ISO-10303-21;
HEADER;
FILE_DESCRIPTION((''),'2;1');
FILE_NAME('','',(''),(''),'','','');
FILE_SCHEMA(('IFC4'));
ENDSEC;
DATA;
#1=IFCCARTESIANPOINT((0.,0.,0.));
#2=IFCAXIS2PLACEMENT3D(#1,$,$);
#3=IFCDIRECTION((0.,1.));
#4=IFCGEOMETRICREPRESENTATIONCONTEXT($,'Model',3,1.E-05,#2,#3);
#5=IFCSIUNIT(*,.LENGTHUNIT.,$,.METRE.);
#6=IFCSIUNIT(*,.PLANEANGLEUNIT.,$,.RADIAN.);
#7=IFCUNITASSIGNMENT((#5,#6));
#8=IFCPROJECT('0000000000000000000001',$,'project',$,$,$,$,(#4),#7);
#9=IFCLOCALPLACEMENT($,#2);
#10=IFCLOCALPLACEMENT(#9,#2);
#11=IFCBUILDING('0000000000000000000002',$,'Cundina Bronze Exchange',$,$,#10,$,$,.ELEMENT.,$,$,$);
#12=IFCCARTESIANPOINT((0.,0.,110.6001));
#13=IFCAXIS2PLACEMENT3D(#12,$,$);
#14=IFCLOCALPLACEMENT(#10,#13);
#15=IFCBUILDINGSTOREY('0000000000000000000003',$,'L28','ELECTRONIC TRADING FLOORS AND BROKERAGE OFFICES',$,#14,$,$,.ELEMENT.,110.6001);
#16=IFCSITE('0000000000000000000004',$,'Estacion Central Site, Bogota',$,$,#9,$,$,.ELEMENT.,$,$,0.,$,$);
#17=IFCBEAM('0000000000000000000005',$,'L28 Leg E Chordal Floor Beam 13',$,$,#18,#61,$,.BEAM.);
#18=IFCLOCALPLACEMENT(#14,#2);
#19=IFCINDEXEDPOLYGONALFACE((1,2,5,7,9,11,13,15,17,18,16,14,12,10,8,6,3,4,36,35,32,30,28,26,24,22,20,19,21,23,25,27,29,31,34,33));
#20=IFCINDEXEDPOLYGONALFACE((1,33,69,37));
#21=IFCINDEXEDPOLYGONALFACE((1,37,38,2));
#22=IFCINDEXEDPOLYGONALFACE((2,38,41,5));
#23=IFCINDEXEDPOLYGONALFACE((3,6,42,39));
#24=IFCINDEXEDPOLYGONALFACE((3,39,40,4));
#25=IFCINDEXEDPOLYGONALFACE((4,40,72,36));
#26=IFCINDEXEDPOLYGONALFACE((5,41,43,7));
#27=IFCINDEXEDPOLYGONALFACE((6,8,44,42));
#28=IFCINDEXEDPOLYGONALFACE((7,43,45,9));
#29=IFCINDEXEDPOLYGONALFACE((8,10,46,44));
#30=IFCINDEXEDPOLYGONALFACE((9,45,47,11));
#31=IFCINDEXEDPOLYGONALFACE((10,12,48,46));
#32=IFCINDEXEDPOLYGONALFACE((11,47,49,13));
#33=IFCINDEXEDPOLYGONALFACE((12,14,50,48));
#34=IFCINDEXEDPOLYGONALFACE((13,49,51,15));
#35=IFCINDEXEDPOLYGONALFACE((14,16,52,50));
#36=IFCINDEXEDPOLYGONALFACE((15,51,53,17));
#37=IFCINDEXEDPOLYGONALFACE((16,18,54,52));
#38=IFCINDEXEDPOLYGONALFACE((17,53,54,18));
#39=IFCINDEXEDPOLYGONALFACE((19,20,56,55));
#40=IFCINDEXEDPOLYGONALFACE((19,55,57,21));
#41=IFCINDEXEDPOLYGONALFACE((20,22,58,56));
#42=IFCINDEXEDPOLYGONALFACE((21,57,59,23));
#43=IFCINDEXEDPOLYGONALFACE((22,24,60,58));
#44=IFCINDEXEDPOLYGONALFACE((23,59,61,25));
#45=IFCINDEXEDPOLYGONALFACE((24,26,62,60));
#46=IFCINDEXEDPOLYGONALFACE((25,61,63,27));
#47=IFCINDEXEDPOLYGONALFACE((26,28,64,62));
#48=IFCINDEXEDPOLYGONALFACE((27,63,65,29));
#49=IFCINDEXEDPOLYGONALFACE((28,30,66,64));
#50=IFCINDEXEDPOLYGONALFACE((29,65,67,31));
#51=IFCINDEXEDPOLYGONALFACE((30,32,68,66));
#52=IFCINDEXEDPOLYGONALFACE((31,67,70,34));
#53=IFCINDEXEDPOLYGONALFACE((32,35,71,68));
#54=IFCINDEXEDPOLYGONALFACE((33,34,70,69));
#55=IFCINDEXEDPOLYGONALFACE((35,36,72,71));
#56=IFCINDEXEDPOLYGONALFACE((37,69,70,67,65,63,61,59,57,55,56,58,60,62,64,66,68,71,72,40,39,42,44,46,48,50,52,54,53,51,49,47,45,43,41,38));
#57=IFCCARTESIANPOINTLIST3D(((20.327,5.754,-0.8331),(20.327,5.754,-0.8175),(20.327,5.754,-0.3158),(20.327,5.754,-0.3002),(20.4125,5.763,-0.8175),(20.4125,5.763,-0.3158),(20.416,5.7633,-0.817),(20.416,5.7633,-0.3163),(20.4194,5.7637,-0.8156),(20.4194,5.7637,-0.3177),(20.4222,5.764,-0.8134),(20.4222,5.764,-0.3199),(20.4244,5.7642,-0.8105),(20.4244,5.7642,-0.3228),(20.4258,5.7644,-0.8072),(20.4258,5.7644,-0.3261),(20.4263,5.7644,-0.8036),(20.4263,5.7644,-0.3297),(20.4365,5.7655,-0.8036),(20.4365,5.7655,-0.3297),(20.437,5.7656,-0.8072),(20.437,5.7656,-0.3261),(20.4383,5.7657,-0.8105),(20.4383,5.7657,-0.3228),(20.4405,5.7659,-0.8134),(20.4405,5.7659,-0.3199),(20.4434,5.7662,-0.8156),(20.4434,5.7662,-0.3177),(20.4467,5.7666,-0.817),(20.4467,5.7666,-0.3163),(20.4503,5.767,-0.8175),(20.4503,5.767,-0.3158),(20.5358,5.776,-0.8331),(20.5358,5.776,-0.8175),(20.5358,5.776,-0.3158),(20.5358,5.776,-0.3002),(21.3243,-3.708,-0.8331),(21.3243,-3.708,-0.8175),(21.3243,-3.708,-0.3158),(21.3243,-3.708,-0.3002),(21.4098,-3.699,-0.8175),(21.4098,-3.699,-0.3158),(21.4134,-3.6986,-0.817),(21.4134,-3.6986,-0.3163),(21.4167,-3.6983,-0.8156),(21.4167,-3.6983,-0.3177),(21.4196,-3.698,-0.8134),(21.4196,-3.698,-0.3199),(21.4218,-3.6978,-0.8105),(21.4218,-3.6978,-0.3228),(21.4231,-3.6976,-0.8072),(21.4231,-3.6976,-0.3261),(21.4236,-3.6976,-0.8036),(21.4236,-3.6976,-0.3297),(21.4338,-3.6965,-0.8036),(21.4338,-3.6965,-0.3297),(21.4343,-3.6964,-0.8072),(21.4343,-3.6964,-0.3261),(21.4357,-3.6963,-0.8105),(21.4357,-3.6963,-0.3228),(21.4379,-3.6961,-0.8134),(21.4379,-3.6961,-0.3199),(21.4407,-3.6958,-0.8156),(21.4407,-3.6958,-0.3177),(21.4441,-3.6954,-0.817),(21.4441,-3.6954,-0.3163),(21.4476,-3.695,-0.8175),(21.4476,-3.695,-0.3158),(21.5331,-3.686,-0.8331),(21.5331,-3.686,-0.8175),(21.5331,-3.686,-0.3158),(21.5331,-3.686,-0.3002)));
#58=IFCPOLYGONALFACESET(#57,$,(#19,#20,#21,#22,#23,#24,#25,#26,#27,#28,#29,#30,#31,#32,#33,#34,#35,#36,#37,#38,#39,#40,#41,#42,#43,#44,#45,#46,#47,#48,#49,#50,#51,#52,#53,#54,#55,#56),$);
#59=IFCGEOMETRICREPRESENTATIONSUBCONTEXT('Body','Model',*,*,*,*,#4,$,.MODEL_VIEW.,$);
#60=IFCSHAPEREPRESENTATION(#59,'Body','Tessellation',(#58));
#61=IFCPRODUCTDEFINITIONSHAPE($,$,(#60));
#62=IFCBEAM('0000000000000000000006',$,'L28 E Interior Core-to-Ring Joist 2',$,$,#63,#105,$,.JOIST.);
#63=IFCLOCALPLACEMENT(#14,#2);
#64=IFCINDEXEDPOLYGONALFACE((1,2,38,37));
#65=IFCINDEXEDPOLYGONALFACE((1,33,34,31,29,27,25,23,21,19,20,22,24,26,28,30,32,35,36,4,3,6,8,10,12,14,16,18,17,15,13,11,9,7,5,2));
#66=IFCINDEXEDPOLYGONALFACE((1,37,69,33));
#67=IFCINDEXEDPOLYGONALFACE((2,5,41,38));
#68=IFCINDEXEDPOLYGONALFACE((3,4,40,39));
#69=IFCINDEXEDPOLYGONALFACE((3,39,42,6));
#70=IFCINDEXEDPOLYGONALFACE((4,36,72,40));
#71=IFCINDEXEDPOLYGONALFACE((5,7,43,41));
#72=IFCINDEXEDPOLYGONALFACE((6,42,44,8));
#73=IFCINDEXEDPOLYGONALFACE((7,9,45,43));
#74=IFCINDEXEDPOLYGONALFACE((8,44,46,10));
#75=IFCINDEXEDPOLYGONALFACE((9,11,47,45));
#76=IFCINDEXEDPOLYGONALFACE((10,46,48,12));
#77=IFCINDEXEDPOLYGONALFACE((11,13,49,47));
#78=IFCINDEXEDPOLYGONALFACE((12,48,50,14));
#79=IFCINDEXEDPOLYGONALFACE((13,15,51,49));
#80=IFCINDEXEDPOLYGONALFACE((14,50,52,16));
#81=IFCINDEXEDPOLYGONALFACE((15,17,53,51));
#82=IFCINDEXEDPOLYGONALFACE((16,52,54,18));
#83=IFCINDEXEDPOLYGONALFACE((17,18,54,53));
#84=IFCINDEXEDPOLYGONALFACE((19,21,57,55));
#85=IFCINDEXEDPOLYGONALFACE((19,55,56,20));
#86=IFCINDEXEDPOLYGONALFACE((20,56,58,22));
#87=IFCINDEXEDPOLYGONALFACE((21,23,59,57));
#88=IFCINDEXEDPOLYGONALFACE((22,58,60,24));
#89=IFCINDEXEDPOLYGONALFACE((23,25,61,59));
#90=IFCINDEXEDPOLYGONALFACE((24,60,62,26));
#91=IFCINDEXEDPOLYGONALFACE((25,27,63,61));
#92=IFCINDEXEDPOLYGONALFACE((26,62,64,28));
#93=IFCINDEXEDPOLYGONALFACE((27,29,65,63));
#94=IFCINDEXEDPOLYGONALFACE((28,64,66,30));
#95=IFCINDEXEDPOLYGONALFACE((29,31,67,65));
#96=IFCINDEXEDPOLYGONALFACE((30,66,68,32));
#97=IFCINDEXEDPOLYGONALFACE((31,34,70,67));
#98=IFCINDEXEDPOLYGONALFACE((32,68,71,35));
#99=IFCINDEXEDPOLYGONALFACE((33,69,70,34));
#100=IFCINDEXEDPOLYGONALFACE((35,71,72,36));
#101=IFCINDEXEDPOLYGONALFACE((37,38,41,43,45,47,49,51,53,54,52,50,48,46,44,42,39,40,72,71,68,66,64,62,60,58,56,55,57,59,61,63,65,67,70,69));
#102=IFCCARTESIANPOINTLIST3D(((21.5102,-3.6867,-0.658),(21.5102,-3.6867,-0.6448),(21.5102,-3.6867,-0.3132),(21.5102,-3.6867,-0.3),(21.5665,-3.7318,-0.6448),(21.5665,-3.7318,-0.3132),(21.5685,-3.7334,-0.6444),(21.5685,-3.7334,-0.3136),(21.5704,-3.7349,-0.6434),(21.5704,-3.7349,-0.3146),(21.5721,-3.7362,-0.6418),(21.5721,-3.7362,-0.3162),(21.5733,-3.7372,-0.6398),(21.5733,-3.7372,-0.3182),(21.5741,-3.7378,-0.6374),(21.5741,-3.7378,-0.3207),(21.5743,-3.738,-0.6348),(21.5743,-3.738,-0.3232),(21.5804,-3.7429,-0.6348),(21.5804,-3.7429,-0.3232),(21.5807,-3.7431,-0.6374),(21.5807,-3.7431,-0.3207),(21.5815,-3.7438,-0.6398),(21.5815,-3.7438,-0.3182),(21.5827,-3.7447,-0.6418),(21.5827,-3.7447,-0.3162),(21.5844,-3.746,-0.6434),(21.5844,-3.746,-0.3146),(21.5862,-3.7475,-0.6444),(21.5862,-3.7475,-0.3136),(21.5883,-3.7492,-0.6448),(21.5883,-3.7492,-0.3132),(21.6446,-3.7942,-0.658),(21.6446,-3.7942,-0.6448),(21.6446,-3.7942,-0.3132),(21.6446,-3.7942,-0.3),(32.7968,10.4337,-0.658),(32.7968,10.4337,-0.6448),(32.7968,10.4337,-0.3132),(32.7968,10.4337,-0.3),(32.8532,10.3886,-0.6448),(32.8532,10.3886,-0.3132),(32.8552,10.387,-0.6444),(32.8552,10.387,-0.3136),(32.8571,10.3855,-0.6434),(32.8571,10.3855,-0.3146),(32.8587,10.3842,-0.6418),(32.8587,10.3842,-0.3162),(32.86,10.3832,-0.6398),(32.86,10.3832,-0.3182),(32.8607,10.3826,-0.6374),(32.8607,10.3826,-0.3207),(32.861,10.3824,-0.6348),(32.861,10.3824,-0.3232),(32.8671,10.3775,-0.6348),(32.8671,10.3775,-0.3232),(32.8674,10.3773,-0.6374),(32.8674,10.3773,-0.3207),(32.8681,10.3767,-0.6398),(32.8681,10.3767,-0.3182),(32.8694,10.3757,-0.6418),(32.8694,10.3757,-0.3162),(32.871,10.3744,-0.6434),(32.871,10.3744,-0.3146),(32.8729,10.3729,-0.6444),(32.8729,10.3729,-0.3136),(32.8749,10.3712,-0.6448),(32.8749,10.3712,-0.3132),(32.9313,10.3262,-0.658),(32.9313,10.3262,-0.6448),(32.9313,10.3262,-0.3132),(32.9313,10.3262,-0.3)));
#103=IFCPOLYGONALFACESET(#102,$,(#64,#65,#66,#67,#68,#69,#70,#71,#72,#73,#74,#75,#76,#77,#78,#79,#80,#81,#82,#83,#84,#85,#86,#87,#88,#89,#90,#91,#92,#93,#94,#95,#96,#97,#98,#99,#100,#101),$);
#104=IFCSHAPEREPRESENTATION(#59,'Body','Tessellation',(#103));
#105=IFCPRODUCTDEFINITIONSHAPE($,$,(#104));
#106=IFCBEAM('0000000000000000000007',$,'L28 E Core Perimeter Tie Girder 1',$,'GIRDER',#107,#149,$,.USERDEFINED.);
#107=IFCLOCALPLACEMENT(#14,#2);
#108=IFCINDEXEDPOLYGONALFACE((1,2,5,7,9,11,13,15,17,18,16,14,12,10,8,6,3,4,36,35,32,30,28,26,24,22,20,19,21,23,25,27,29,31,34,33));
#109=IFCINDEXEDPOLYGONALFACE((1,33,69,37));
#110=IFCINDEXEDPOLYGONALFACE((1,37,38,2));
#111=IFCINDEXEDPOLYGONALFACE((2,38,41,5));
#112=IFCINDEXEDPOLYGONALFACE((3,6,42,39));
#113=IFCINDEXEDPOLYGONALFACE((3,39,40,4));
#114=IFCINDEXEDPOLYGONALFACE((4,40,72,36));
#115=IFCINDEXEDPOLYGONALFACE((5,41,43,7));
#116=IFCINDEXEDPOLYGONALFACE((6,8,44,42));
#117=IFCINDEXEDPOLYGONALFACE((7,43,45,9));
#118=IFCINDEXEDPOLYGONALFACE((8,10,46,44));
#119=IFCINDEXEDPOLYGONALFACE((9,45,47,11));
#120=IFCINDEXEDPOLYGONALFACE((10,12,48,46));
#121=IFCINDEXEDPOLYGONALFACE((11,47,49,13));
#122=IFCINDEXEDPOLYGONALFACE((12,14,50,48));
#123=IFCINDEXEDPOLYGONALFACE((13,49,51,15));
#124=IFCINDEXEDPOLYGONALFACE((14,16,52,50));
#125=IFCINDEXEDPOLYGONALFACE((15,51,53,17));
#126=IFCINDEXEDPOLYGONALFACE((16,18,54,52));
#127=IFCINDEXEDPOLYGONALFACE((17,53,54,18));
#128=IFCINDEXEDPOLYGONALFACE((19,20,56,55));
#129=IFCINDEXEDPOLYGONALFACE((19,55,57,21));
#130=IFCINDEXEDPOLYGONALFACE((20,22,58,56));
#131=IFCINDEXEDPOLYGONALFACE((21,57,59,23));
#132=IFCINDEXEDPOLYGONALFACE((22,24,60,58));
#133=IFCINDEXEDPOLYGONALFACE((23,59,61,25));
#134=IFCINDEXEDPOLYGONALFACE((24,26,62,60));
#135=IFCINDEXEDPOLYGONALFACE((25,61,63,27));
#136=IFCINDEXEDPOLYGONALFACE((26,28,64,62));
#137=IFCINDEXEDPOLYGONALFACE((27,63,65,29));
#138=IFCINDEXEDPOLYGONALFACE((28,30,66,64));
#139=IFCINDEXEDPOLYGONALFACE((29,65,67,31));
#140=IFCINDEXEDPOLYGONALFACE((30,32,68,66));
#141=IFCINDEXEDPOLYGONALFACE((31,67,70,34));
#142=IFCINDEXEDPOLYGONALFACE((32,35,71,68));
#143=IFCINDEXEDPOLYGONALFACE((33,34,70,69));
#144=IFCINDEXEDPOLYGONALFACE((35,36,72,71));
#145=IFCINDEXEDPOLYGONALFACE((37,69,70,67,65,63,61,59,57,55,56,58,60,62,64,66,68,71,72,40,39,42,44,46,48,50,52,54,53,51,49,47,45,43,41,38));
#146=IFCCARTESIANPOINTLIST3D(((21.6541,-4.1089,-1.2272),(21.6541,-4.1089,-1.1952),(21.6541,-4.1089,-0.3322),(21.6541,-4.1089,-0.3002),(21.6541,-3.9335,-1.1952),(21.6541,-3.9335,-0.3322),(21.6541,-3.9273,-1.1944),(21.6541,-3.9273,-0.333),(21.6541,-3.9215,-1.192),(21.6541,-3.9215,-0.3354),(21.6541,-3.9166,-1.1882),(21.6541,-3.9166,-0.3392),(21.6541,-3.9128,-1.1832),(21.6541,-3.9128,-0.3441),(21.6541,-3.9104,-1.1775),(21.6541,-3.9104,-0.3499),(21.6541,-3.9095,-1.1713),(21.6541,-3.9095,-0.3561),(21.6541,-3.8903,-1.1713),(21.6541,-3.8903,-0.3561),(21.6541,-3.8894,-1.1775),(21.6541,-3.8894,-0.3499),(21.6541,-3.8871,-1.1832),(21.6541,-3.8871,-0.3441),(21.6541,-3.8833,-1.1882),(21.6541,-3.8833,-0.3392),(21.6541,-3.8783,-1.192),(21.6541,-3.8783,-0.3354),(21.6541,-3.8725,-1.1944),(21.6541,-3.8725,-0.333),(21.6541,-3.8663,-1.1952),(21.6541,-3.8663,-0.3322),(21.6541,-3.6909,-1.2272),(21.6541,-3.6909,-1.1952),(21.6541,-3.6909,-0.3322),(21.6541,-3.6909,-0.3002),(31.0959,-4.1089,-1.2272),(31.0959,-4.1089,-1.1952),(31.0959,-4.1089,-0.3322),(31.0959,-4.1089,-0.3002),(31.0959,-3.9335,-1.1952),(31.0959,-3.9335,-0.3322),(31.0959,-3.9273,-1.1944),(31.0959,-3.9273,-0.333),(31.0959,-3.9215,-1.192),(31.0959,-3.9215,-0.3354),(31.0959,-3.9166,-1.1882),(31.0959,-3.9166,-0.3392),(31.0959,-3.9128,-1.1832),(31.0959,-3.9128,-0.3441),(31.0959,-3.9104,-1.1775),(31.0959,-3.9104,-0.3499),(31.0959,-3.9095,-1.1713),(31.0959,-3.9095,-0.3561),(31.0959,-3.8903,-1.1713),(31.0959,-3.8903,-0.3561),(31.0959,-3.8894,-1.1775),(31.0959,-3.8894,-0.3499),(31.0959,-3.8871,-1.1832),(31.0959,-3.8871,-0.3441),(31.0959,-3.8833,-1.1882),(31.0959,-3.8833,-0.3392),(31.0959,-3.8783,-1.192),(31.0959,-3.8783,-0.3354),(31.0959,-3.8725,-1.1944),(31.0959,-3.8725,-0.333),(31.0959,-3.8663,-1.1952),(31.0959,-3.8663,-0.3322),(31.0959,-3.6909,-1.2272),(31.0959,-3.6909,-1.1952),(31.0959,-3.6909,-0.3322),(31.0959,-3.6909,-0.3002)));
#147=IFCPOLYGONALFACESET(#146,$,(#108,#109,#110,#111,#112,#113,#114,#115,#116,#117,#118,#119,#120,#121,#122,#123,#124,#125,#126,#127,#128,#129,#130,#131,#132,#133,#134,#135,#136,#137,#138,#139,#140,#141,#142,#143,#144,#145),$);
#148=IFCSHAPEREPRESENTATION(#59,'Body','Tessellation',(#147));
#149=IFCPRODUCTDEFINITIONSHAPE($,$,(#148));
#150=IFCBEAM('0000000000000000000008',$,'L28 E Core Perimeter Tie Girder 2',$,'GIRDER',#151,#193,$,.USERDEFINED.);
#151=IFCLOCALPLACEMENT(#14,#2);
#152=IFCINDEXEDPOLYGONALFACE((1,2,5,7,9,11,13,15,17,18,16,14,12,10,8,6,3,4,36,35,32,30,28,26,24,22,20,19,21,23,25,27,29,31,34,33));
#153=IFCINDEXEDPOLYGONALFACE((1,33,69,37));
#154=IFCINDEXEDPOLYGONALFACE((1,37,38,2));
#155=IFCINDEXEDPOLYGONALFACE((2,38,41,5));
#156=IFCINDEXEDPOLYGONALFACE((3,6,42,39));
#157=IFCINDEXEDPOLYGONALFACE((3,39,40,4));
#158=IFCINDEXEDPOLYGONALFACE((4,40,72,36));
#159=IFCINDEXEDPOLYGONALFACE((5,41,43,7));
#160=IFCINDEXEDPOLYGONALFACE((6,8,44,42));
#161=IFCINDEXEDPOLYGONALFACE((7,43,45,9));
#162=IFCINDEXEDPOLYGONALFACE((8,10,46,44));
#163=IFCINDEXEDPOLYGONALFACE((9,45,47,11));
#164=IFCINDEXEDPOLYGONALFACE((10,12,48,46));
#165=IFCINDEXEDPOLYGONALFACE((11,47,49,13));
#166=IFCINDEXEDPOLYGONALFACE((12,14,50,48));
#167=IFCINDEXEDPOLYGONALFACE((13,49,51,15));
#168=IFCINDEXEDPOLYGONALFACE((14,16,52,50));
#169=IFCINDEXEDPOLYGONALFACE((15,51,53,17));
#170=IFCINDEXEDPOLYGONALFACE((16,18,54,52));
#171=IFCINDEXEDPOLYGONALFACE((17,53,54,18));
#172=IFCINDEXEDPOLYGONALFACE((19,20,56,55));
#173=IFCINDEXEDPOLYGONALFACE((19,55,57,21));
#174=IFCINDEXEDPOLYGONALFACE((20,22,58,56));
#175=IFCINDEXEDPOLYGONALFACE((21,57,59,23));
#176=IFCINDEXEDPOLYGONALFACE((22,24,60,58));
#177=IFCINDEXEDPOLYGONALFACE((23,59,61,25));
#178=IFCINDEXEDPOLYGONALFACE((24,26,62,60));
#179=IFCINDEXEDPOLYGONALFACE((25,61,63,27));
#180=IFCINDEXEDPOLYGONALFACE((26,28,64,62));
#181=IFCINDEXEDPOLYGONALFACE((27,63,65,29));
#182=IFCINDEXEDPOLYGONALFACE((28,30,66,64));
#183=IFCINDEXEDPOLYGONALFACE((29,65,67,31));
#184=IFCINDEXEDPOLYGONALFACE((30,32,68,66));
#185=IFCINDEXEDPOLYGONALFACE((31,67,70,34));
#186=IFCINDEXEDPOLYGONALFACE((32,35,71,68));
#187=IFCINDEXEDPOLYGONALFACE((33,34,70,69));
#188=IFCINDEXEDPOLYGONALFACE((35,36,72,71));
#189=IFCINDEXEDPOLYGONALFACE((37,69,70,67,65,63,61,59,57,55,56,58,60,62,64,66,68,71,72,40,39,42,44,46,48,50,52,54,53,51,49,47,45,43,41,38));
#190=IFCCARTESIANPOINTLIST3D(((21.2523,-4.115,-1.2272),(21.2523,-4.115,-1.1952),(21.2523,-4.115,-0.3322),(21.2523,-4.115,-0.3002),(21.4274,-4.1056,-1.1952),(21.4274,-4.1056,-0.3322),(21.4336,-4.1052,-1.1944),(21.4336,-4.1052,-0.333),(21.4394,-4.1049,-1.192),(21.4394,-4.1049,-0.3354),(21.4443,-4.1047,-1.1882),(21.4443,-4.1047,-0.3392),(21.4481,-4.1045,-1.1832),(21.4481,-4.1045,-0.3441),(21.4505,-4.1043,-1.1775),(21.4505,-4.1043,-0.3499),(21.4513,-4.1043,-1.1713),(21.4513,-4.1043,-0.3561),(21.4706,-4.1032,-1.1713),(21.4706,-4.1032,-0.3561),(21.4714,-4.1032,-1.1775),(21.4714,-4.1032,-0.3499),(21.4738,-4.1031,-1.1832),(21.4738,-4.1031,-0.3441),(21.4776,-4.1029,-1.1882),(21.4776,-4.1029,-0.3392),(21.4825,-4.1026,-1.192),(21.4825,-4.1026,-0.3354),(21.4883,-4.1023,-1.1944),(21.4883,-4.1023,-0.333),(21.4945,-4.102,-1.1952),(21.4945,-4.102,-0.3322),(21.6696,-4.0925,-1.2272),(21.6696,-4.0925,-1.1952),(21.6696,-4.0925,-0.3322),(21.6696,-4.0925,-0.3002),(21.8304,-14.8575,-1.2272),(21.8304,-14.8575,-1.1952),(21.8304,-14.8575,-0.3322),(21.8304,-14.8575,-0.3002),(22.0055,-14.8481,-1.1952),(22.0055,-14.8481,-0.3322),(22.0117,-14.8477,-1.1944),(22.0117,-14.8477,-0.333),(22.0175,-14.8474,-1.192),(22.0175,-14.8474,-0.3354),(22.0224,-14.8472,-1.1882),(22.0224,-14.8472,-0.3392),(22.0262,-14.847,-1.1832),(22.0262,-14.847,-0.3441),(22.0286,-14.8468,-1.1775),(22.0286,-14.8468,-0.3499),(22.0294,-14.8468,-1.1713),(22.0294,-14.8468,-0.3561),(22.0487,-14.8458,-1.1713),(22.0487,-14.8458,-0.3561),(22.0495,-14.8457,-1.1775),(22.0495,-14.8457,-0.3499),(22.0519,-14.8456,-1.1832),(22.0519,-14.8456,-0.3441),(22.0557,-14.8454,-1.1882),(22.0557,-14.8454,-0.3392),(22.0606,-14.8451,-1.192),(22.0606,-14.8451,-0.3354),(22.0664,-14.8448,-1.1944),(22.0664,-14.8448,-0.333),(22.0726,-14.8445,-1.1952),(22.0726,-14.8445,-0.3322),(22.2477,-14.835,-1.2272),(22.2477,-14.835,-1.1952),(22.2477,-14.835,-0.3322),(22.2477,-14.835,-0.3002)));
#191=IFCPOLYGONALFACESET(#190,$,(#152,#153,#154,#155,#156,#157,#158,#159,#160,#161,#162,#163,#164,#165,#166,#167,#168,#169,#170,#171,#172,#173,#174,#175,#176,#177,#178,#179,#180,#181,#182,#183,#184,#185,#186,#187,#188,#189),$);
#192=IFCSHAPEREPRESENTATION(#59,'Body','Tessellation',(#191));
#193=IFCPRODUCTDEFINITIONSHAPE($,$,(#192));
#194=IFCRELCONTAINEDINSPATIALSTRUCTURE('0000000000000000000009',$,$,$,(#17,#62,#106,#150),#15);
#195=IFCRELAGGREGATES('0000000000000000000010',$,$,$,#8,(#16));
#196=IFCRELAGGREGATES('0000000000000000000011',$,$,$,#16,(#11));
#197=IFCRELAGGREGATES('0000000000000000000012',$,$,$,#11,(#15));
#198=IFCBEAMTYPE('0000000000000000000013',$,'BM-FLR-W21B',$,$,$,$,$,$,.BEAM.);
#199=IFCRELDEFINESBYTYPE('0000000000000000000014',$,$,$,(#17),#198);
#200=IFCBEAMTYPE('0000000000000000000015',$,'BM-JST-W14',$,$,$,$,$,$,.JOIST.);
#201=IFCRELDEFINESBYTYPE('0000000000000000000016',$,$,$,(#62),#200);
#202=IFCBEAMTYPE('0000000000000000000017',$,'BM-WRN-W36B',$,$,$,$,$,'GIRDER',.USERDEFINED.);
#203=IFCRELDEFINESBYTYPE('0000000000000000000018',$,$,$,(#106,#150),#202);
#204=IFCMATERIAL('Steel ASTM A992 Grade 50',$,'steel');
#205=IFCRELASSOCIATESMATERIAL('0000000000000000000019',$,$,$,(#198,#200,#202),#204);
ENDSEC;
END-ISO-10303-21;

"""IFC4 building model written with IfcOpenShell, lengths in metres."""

from ifc_helpers import new_model, si_unit, direction, frame, origin, origin_2d, place, context, subcontext, project, spatial, i_section, extrude, material, material_profile, profile_set, type_object, element, save


model = new_model("IFC4")

# Units and contexts
model_context = context("Model", 3, precision=1e-05, world=origin(), true_north=direction((0.0, 1.0)))
body_context = subcontext(model_context, "Body", "Model", "MODEL_VIEW")
ifc_project = project(units=[si_unit("LENGTHUNIT", "METRE"), si_unit("PLANEANGLEUNIT", "RADIAN")], contexts=[model_context])

# Site, building, storey
site_placement = place(None, origin())
site = spatial("IfcSite", under=ifc_project, at=site_placement, Name="Estacion Central Site, Bogota", CompositionType="ELEMENT", RefElevation=0.0)
building_placement = place(site_placement, origin())
building = spatial("IfcBuilding", under=site, at=building_placement, Name="Cundina Bronze Exchange", CompositionType="ELEMENT")
storey_placement = place(building_placement, frame((0.0, 0.0, 110.6001)))
storey = spatial("IfcBuildingStorey", under=building, at=storey_placement, Name="L28", Description="ELECTRONIC TRADING FLOORS AND BROKERAGE OFFICES", CompositionType="ELEMENT", Elevation=110.6001)

# Shared definitions
ifc_material_1 = material(Name="Steel ASTM A992 Grade 50", Category="steel")

# Beams
ifc_material_profile_1 = material_profile(ifc_material_1, i_section(OverallWidth=0.21, OverallDepth=0.533, WebThickness=0.0103, FlangeThickness=0.0156, FilletRadius=0.0139, at=origin_2d()), Name="W21X62", Category="steel")
ifc_profile_set_1 = profile_set([ifc_material_profile_1], Name="Steel ASTM A992 Grade 50")
beam_type_1 = type_object("IfcBeamType", Name="BM-FLR-W21B", PredefinedType="BEAM", material=ifc_profile_set_1)
beam_1_placement = place(storey_placement, frame((21.4287, -3.697, -0.5667), z_axis=(-0.104822, 0.994491, 0.0), x_axis=(-0.994491, -0.104822, 0.0)))
element("IfcBeam", 1, at=beam_1_placement, inside=storey, type_object=beam_type_1, Name="L28 Leg E Chordal Floor Beam 13", PredefinedType="BEAM", context=body_context, shape_type="SweptSolid", body=[
    extrude(i_section(OverallWidth=0.21, OverallDepth=0.533, WebThickness=0.0103, FlangeThickness=0.0156, FilletRadius=0.0139, at=origin_2d()), origin(), (0.0, 0.0, 1.0), 9.5144),
])
ifc_material_profile_2 = material_profile(ifc_material_1, i_section(OverallWidth=0.1721, OverallDepth=0.3579, WebThickness=0.0078, FlangeThickness=0.0132, FilletRadius=0.01, at=origin_2d()), Name="W14X38", Category="steel")
ifc_profile_set_2 = profile_set([ifc_material_profile_2], Name="Steel ASTM A992 Grade 50")
beam_type_2 = type_object("IfcBeamType", Name="BM-JST-W14", PredefinedType="JOIST", material=ifc_profile_set_2)
beam_2_placement = place(storey_placement, frame((21.5774, -3.7405, -0.479), z_axis=(0.624369, 0.78113, 0.0), x_axis=(-0.78113, 0.624369, 0.0)))
element("IfcBeam", 2, at=beam_2_placement, inside=storey, type_object=beam_type_2, Name="L28 E Interior Core-to-Ring Joist 2", PredefinedType="JOIST", context=body_context, shape_type="SweptSolid", body=[
    extrude(i_section(OverallWidth=0.1721, OverallDepth=0.3579, WebThickness=0.0078, FlangeThickness=0.0132, FilletRadius=0.01, at=origin_2d()), origin(), (0.0, 0.0, 1.0), 18.0769),
])
ifc_material_profile_3 = material_profile(ifc_material_1, i_section(OverallWidth=0.418, OverallDepth=0.927, WebThickness=0.0193, FlangeThickness=0.032, FilletRadius=0.0239, at=origin_2d()), Name="W36X231", Category="steel")
ifc_profile_set_3 = profile_set([ifc_material_profile_3], Name="Steel ASTM A992 Grade 50")
beam_type_3 = type_object("IfcBeamType", Name="BM-WRN-W36B", ElementType="GIRDER", PredefinedType="USERDEFINED", material=ifc_profile_set_3)
beam_3_placement = place(storey_placement, frame((31.0959, -3.8999, -0.7637), z_axis=(-1.0, 0.0, 0.0), x_axis=(0.0, -1.0, 0.0)))
element("IfcBeam", 3, at=beam_3_placement, inside=storey, type_object=beam_type_3, Name="L28 E Core Perimeter Tie Girder 1", ObjectType="GIRDER", PredefinedType="USERDEFINED", context=body_context, shape_type="SweptSolid", body=[
    extrude(i_section(OverallWidth=0.418, OverallDepth=0.927, WebThickness=0.0193, FlangeThickness=0.032, FilletRadius=0.0239, at=origin_2d()), origin(), (0.0, 0.0, 1.0), 9.4419),
])
beam_4_placement = place(storey_placement, frame((21.4609, -4.1038, -0.7637), z_axis=(0.053739, -0.998555, 0.0), x_axis=(0.998555, 0.053739, 0.0)))
element("IfcBeam", 4, at=beam_4_placement, inside=storey, type_object=beam_type_3, Name="L28 E Core Perimeter Tie Girder 2", ObjectType="GIRDER", PredefinedType="USERDEFINED", context=body_context, shape_type="SweptSolid", body=[
    extrude(i_section(OverallWidth=0.418, OverallDepth=0.927, WebThickness=0.0193, FlangeThickness=0.032, FilletRadius=0.0239, at=origin_2d()), origin(), (0.0, 0.0, 1.0), 10.7581),
])

save(model, "model.ifc")
